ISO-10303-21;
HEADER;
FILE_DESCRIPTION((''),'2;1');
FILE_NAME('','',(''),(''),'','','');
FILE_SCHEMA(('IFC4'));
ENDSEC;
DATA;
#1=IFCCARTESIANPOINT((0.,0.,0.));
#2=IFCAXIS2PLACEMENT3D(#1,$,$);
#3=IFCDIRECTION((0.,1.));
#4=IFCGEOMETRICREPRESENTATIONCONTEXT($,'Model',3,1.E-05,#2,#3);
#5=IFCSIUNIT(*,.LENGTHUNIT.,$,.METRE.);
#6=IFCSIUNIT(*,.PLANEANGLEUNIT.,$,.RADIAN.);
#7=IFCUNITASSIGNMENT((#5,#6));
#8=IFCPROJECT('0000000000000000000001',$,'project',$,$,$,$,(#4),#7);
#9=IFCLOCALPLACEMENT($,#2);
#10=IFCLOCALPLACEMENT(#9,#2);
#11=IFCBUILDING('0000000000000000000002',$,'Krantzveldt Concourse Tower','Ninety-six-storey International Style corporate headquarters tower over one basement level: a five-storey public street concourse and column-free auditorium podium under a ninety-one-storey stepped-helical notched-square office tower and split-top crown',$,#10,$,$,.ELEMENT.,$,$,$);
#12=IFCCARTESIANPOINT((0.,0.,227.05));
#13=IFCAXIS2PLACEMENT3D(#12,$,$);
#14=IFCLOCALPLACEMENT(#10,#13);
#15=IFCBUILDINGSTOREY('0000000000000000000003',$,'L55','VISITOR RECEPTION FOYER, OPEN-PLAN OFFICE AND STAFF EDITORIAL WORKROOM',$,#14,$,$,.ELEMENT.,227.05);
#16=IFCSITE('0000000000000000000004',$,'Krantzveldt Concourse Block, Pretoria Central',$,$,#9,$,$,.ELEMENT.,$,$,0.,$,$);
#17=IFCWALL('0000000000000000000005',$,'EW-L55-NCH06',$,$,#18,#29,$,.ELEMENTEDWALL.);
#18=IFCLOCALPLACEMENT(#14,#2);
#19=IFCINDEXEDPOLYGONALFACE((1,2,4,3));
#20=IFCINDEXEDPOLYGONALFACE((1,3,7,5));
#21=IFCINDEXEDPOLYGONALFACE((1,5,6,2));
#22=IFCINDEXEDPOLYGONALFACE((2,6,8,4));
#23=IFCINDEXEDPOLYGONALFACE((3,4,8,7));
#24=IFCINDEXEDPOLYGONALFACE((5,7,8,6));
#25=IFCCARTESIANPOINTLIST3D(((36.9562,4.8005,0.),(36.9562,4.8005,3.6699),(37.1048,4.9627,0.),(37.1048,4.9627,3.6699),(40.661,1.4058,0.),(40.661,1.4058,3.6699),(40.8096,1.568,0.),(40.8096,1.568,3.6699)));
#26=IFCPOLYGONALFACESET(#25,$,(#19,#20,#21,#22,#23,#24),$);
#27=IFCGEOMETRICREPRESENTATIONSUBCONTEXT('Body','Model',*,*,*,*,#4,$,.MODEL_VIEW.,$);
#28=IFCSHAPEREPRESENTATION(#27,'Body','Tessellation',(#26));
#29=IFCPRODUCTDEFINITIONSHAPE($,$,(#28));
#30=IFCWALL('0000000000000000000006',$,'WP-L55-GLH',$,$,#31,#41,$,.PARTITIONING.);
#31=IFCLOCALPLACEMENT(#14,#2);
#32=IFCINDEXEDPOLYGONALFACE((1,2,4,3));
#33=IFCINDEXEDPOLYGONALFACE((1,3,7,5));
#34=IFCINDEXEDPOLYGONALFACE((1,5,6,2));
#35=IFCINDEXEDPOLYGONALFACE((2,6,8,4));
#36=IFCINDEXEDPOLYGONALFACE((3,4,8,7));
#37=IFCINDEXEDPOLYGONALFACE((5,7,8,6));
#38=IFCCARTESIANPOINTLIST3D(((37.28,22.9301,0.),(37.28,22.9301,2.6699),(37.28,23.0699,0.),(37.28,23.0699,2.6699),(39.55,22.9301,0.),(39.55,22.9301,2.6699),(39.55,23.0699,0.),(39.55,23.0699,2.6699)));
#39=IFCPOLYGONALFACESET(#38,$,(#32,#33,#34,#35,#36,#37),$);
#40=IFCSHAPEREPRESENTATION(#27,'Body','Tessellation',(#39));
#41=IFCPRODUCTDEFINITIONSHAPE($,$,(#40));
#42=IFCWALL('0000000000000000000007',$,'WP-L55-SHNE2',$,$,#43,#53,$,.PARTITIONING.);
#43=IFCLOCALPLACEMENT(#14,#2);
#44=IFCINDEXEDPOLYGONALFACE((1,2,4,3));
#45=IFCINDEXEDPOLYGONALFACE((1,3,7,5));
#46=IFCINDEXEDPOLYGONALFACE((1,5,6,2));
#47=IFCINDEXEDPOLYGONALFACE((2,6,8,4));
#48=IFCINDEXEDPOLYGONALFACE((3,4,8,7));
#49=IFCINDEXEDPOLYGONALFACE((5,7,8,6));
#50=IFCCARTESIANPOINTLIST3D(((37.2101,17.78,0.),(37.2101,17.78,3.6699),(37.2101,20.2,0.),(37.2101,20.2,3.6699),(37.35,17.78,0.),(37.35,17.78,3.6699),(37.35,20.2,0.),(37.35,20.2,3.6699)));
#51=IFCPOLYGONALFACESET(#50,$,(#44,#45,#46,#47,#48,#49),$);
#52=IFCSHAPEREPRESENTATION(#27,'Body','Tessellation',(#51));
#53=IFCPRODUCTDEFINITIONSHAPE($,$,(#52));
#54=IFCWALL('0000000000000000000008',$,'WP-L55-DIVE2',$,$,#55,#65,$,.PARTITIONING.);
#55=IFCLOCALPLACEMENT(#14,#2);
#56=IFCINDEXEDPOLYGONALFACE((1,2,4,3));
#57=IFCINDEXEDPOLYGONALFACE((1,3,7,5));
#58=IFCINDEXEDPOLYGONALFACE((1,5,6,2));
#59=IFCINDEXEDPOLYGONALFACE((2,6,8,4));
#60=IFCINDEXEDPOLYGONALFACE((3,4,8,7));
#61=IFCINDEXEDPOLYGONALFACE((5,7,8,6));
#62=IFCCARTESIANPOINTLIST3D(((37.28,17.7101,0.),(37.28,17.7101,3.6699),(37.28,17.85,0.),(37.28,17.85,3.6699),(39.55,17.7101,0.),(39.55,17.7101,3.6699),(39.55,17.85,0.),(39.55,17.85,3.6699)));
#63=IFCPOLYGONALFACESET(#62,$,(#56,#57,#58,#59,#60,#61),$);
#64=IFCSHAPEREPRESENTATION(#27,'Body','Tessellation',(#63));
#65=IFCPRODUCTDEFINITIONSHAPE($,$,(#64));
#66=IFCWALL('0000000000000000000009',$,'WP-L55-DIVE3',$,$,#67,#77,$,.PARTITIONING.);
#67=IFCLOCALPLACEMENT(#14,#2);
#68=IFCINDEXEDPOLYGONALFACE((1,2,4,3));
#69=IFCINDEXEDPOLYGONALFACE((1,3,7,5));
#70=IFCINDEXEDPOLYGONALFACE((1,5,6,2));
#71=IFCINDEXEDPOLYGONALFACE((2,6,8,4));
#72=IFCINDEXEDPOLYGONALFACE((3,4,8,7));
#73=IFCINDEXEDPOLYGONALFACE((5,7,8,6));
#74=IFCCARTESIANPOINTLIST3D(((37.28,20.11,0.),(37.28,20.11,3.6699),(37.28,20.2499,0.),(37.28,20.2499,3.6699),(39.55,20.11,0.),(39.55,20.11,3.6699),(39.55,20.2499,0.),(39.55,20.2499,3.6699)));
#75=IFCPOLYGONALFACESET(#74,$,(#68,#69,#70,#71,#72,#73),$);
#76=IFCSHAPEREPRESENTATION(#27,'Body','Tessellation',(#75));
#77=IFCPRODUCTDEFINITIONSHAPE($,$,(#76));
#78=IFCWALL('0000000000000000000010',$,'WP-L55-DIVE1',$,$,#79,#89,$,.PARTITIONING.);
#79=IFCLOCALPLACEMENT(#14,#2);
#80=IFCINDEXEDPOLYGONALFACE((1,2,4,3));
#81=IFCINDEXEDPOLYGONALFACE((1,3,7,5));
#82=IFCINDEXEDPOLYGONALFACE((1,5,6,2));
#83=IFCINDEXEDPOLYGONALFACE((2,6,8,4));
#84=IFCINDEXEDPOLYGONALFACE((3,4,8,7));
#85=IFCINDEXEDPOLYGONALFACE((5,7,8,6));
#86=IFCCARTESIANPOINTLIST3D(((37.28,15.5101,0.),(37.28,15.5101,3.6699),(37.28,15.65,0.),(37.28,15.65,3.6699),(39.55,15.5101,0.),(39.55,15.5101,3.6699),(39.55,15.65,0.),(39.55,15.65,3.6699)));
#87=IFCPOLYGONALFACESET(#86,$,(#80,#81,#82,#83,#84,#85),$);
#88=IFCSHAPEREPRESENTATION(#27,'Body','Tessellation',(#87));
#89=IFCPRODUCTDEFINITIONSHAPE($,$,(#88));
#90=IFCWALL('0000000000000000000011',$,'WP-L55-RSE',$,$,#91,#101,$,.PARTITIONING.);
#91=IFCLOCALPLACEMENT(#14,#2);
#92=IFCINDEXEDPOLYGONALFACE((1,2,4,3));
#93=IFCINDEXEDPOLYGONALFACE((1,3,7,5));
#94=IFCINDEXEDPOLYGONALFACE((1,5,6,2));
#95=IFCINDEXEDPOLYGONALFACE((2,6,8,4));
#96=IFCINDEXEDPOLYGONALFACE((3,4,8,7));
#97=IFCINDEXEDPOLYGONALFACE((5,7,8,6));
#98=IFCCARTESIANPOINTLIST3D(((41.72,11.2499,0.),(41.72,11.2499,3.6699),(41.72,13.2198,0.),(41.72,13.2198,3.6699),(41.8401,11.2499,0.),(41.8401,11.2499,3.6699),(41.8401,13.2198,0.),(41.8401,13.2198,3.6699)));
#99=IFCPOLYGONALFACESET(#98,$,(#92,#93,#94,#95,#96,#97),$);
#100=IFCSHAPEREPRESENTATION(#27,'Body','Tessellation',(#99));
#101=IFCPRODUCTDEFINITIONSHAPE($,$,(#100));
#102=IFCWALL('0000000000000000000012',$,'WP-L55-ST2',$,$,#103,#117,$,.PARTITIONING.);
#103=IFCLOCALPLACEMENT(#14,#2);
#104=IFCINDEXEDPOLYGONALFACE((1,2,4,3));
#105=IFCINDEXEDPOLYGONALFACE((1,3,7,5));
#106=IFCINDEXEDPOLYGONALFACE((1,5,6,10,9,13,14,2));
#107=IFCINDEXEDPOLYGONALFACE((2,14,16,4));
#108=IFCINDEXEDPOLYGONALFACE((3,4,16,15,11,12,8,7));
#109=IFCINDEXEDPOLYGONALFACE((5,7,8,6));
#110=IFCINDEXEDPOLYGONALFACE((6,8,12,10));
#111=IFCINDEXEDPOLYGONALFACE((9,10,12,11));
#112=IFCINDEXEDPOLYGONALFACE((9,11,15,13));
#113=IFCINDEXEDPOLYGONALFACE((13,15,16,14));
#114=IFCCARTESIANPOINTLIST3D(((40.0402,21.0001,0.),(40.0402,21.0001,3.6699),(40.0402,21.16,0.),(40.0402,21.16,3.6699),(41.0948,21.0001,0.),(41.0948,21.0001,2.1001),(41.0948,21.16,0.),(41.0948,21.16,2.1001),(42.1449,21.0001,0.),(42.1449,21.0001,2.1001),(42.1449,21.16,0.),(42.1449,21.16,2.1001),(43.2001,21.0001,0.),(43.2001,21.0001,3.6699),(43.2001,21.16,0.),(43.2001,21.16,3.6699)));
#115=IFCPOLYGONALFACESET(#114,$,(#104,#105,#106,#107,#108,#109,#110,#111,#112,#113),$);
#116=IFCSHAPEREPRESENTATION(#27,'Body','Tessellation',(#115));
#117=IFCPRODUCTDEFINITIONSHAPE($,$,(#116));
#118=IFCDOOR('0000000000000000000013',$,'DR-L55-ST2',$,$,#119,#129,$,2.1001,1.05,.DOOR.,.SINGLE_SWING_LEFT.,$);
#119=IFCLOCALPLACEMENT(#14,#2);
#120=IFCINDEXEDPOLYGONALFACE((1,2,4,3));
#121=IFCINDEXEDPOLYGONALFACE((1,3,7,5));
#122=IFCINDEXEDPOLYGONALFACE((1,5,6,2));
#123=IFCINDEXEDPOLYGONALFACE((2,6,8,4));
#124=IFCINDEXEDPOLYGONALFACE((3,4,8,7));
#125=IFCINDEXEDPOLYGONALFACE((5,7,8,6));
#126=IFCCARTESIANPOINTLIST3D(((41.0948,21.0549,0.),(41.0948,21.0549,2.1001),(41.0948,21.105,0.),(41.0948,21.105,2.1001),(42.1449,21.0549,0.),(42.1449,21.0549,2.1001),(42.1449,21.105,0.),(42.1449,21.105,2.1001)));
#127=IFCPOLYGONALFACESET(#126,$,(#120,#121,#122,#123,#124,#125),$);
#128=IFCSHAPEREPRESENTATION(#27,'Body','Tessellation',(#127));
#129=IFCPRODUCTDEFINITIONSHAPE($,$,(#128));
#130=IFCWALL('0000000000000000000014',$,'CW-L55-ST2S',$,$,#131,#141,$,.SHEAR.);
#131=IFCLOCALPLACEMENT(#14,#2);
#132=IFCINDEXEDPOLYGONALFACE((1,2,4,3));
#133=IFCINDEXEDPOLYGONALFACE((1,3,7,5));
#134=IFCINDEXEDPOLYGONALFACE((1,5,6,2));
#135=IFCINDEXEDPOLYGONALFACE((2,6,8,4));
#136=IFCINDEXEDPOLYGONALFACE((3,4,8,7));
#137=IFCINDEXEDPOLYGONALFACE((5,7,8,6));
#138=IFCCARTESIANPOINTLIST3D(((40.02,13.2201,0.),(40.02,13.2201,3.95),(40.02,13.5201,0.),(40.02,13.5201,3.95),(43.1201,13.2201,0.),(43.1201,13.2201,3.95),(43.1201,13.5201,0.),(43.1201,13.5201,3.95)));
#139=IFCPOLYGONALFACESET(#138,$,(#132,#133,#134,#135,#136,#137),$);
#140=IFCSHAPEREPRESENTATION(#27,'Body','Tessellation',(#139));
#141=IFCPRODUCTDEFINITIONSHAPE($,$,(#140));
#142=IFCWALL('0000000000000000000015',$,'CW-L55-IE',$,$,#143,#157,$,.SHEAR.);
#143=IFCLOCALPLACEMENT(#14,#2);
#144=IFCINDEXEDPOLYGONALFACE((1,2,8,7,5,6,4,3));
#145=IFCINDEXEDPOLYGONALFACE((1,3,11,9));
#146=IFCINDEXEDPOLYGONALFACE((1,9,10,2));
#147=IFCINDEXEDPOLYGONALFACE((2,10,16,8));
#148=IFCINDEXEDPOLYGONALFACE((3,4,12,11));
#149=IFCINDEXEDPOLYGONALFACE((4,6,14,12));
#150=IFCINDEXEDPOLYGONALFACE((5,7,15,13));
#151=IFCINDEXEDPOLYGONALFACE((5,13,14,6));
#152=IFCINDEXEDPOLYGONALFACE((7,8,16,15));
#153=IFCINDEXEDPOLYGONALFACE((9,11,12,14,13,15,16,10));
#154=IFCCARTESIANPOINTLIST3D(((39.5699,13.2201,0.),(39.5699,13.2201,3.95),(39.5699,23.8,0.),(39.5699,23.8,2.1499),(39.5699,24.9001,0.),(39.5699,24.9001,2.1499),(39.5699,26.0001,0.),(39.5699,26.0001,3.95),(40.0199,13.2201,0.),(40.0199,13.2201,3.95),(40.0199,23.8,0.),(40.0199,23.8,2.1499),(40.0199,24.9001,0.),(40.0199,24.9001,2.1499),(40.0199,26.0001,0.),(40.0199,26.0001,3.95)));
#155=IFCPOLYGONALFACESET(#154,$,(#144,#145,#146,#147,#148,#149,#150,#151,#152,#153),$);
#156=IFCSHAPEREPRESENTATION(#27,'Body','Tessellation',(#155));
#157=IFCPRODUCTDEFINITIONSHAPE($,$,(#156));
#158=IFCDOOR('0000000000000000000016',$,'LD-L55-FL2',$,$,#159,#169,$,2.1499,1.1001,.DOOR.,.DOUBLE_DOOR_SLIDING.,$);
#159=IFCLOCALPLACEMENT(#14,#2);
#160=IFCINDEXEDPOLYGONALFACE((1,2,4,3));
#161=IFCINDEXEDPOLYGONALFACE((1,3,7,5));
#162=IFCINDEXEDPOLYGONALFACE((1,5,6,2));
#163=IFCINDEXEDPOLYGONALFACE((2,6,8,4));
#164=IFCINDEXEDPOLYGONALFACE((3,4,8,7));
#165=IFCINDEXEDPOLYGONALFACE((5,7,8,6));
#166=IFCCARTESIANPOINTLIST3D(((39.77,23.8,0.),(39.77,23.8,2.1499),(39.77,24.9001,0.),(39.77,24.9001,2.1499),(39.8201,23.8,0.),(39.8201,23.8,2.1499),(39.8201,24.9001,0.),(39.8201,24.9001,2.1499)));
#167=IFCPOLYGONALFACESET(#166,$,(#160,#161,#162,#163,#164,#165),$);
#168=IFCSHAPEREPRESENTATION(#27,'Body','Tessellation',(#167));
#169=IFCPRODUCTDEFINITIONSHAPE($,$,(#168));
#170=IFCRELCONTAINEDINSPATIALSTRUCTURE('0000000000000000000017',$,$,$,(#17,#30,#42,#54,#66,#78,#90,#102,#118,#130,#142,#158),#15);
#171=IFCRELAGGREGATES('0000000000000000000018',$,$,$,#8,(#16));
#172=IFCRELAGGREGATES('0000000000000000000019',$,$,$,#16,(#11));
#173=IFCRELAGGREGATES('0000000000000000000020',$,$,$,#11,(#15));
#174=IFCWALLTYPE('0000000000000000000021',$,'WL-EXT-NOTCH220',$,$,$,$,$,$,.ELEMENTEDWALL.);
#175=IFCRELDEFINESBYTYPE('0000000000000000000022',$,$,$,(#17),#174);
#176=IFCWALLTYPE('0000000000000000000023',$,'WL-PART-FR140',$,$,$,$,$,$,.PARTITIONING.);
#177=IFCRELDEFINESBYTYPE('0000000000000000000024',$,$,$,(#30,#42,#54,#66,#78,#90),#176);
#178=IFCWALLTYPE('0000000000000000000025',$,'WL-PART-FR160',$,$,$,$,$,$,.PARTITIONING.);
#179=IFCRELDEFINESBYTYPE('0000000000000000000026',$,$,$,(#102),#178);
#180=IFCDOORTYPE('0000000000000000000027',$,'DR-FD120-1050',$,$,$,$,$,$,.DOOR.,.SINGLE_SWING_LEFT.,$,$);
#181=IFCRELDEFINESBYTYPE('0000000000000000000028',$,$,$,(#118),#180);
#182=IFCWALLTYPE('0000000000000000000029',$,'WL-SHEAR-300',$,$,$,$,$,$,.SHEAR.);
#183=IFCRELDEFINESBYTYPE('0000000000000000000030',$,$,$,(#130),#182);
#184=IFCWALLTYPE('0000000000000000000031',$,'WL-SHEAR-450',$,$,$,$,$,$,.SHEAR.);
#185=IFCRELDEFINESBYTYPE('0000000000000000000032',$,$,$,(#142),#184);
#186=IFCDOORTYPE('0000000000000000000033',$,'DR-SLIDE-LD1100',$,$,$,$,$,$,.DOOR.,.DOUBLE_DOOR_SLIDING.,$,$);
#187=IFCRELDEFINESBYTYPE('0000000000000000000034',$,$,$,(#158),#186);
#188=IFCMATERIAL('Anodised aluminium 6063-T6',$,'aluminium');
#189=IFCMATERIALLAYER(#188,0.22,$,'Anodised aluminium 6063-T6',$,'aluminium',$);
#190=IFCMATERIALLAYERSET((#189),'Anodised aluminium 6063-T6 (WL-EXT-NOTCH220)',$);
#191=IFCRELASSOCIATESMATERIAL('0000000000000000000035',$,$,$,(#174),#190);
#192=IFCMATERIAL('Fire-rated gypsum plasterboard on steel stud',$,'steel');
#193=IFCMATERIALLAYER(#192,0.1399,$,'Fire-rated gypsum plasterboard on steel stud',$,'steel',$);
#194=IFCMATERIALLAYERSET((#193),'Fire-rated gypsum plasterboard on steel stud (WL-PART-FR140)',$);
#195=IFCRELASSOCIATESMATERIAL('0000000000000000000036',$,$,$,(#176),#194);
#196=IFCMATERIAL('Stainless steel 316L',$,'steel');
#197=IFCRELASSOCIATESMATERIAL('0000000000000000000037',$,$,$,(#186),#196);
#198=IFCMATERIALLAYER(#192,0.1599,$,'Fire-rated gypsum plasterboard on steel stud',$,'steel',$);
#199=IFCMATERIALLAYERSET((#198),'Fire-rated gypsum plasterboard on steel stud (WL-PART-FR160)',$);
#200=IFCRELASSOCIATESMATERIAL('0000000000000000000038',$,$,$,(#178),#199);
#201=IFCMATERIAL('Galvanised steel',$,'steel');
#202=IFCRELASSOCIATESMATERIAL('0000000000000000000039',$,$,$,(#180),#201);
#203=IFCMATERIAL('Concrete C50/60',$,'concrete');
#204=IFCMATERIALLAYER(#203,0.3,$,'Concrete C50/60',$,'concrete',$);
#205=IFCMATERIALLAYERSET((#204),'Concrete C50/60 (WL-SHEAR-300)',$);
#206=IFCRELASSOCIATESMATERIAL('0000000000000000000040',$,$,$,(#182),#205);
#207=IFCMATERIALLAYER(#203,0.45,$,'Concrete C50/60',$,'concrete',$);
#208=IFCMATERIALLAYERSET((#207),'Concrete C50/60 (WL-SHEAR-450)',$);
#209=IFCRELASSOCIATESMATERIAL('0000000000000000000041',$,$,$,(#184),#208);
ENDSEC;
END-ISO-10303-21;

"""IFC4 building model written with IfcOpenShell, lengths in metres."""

from ifc_helpers import new_model, si_unit, direction, frame, frame_2d, origin, place, context, subcontext, project, spatial, rectangle, extrude, material, layer, layer_set, type_object, element, fill, save


model = new_model("IFC4")

# Units and contexts
model_context = context("Model", 3, precision=1e-05, world=origin(), true_north=direction((0.0, 1.0)))
body_context = subcontext(model_context, "Body", "Model", "MODEL_VIEW")
ifc_project = project(units=[si_unit("LENGTHUNIT", "METRE"), si_unit("PLANEANGLEUNIT", "RADIAN")], contexts=[model_context])

# Site, building, storey
site_placement = place(None, origin())
site = spatial("IfcSite", under=ifc_project, at=site_placement, Name="Krantzveldt Concourse Block, Pretoria Central", CompositionType="ELEMENT", RefElevation=0.0)
building_placement = place(site_placement, origin())
building = spatial("IfcBuilding", under=site, at=building_placement, Name="Krantzveldt Concourse Tower", Description="Ninety-six-storey International Style corporate headquarters tower over one basement level: a five-storey public street concourse and column-free auditorium podium under a ninety-one-storey stepped-helical notched-square office tower and split-top crown", CompositionType="ELEMENT")
storey_placement = place(building_placement, frame((0.0, 0.0, 227.05)))
storey = spatial("IfcBuildingStorey", under=building, at=storey_placement, Name="L55", Description="VISITOR RECEPTION FOYER, OPEN-PLAN OFFICE AND STAFF EDITORIAL WORKROOM", CompositionType="ELEMENT", Elevation=227.05)

# Shared definitions
ifc_material_1 = material(Name="Anodised aluminium 6063-T6", Category="aluminium")

# Wall
ifc_layer_1 = layer(ifc_material_1, 0.22, Name="Anodised aluminium 6063-T6", Category="aluminium")
ifc_layer_set_1 = layer_set([ifc_layer_1], Name="Anodised aluminium 6063-T6 (WL-EXT-NOTCH220)")
wall_type_1 = type_object("IfcWallType", Name="WL-EXT-NOTCH220", PredefinedType="ELEMENTEDWALL", material=ifc_layer_set_1)
wall_1_placement = place(storey_placement, frame((37.0305, 4.8816, 0.0), z_axis=(0.0, 0.0, 1.0), x_axis=(0.737285, -0.675582, 0.0)))
element("IfcWall", 1, at=wall_1_placement, inside=storey, type_object=wall_type_1, Name="EW-L55-NCH06", PredefinedType="ELEMENTEDWALL", context=body_context, shape_type="SweptSolid", body=[
    extrude(rectangle(XDim=5.0249, YDim=0.22, at=frame_2d((2.5125, 0.0))), origin(), (0.0, 0.0, 1.0), 3.6699),
])

# Shared definitions
ifc_material_2 = material(Name="Fire-rated gypsum plasterboard on steel stud", Category="steel")
ifc_layer_2 = layer(ifc_material_2, 0.1399, Name="Fire-rated gypsum plasterboard on steel stud", Category="steel")
ifc_layer_set_2 = layer_set([ifc_layer_2], Name="Fire-rated gypsum plasterboard on steel stud (WL-PART-FR140)")
wall_type_2 = type_object("IfcWallType", Name="WL-PART-FR140", PredefinedType="PARTITIONING", material=ifc_layer_set_2)
ifc_material_3 = material(Name="Stainless steel 316L", Category="steel")
door_type_1 = type_object("IfcDoorType", Name="DR-SLIDE-LD1100", OperationType="DOUBLE_DOOR_SLIDING", PredefinedType="DOOR", material=ifc_material_3)

# Walls
wall_2_placement = place(storey_placement, frame((37.28, 23.0, 0.0), z_axis=(0.0, 0.0, 1.0), x_axis=(1.0, 0.0, 0.0)))
element("IfcWall", 2, at=wall_2_placement, inside=storey, type_object=wall_type_2, Name="WP-L55-GLH", PredefinedType="PARTITIONING", context=body_context, shape_type="SweptSolid", body=[
    extrude(rectangle(XDim=2.27, YDim=0.1399, at=frame_2d((1.135, 0.0))), origin(), (0.0, 0.0, 1.0), 2.6699),
])
wall_3_placement = place(storey_placement, frame((37.28, 17.78, 0.0), z_axis=(0.0, 0.0, 1.0), x_axis=(0.0, 1.0, 0.0)))
element("IfcWall", 3, at=wall_3_placement, inside=storey, type_object=wall_type_2, Name="WP-L55-SHNE2", PredefinedType="PARTITIONING", context=body_context, shape_type="SweptSolid", body=[
    extrude(rectangle(XDim=2.4199, YDim=0.1399, at=frame_2d((1.21, 0.0))), origin(), (0.0, 0.0, 1.0), 3.6699),
])
for number, where, z_axis, x_axis, name in (
    (4, (37.28, 17.78, 0.0), (0.0, 0.0, 1.0), (1.0, 0.0, 0.0), "WP-L55-DIVE2"),
    (5, (37.28, 20.1799, 0.0), (0.0, 0.0, 1.0), (1.0, 0.0, 0.0), "WP-L55-DIVE3"),
):
    element("IfcWall", number, at=place(storey_placement, frame(where, z_axis=z_axis, x_axis=x_axis)), inside=storey, type_object=wall_type_2, Name=name, PredefinedType="PARTITIONING", context=body_context, shape_type="SweptSolid", body=[
        extrude(rectangle(XDim=2.27, YDim=0.1399, at=frame_2d((1.135, 0.0))), origin(), (0.0, 0.0, 1.0), 3.6699),
    ])

# Walls
wall_4_placement = place(storey_placement, frame((37.28, 15.5801, 0.0), z_axis=(0.0, 0.0, 1.0), x_axis=(1.0, 0.0, 0.0)))
element("IfcWall", 6, at=wall_4_placement, inside=storey, type_object=wall_type_2, Name="WP-L55-DIVE1", PredefinedType="PARTITIONING", context=body_context, shape_type="SweptSolid", body=[
    extrude(rectangle(XDim=2.27, YDim=0.1399, at=frame_2d((1.135, 0.0))), origin(), (0.0, 0.0, 1.0), 3.6699),
])
wall_5_placement = place(storey_placement, frame((41.78, 11.25, 0.0), z_axis=(0.0, 0.0, 1.0), x_axis=(0.0, 1.0, 0.0)))
element("IfcWall", 7, at=wall_5_placement, inside=storey, type_object=wall_type_2, Name="WP-L55-RSE", PredefinedType="PARTITIONING", context=body_context, shape_type="SweptSolid", body=[
    extrude(rectangle(XDim=1.97, YDim=0.1201, at=frame_2d((0.9849, 0.0))), origin(), (0.0, 0.0, 1.0), 3.6699),
])

# Wall, opening, door
ifc_layer_3 = layer(ifc_material_2, 0.1599, Name="Fire-rated gypsum plasterboard on steel stud", Category="steel")
ifc_layer_set_3 = layer_set([ifc_layer_3], Name="Fire-rated gypsum plasterboard on steel stud (WL-PART-FR160)")
wall_type_3 = type_object("IfcWallType", Name="WL-PART-FR160", PredefinedType="PARTITIONING", material=ifc_layer_set_3)
wall_6_placement = place(storey_placement, frame((40.04, 21.0801, 0.0), z_axis=(0.0, 0.0, 1.0), x_axis=(1.0, 0.0, 0.0)))
wall_6 = element("IfcWall", 8, at=wall_6_placement, inside=storey, type_object=wall_type_3, Name="WP-L55-ST2", PredefinedType="PARTITIONING", context=body_context, shape_type="SweptSolid", body=[
    extrude(rectangle(XDim=3.1599, YDim=0.1599, at=frame_2d((1.5801, 0.0))), origin(), (0.0, 0.0, 1.0), 3.6699),
])
opening_1_placement = place(wall_6_placement, frame((1.0549, 0.0, 0.0)))
opening_1 = element("IfcOpeningElement", 9, at=opening_1_placement, cuts=wall_6, PredefinedType="OPENING", context=body_context, shape_type="SweptSolid", body=[
    extrude(rectangle(XDim=1.05, YDim=2.1001, at=frame_2d((0.5249, 1.05))), frame((0.0, 0.0898, 0.0), z_axis=(0.0, -1.0, 0.0), x_axis=(1.0, 0.0, 0.0)), (0.0, 0.0, 1.0), 0.1799),
])
ifc_material_4 = material(Name="Galvanised steel", Category="steel")
door_type_2 = type_object("IfcDoorType", Name="DR-FD120-1050", OperationType="SINGLE_SWING_LEFT", PredefinedType="DOOR", material=ifc_material_4)
door_1_placement = place(opening_1_placement, origin())
door_1 = element("IfcDoor", 10, at=door_1_placement, inside=storey, type_object=door_type_2, Name="DR-L55-ST2", OperationType="SINGLE_SWING_LEFT", OverallHeight=2.1001, OverallWidth=1.05, PredefinedType="DOOR", context=body_context, shape_type="SweptSolid", body=[
    extrude(rectangle(XDim=1.05, YDim=2.1001, at=frame_2d((0.5249, 1.05))), frame((0.0, 0.0249, 0.0), z_axis=(0.0, -1.0, 0.0), x_axis=(1.0, 0.0, 0.0)), (0.0, 0.0, 1.0), 0.05),
])
fill(opening_1, door_1)

# Wall
ifc_material_5 = material(Name="Concrete C50/60", Category="concrete")
ifc_layer_4 = layer(ifc_material_5, 0.3, Name="Concrete C50/60", Category="concrete")
ifc_layer_set_4 = layer_set([ifc_layer_4], Name="Concrete C50/60 (WL-SHEAR-300)")
wall_type_4 = type_object("IfcWallType", Name="WL-SHEAR-300", PredefinedType="SHEAR", material=ifc_layer_set_4)
wall_7_placement = place(storey_placement, frame((40.02, 13.3701, 0.0), z_axis=(0.0, 0.0, 1.0), x_axis=(1.0, 0.0, 0.0)))
element("IfcWall", 11, at=wall_7_placement, inside=storey, type_object=wall_type_4, Name="CW-L55-ST2S", PredefinedType="SHEAR", context=body_context, shape_type="SweptSolid", body=[
    extrude(rectangle(XDim=3.1001, YDim=0.3, at=frame_2d((1.55, 0.0))), origin(), (0.0, 0.0, 1.0), 3.95),
])

# Wall, opening, door
ifc_layer_5 = layer(ifc_material_5, 0.45, Name="Concrete C50/60", Category="concrete")
ifc_layer_set_5 = layer_set([ifc_layer_5], Name="Concrete C50/60 (WL-SHEAR-450)")
wall_type_5 = type_object("IfcWallType", Name="WL-SHEAR-450", PredefinedType="SHEAR", material=ifc_layer_set_5)
wall_8_placement = place(storey_placement, frame((39.7949, 13.22, 0.0), z_axis=(0.0, 0.0, 1.0), x_axis=(0.0, 1.0, 0.0)))
wall_8 = element("IfcWall", 12, at=wall_8_placement, inside=storey, type_object=wall_type_5, Name="CW-L55-IE", PredefinedType="SHEAR", context=body_context, shape_type="SweptSolid", body=[
    extrude(rectangle(XDim=12.78, YDim=0.45, at=frame_2d((6.3901, 0.0))), origin(), (0.0, 0.0, 1.0), 3.95),
])
opening_2_placement = place(wall_8_placement, frame((10.5801, 0.0, 0.0)))
opening_2 = element("IfcOpeningElement", 13, at=opening_2_placement, cuts=wall_8, PredefinedType="OPENING", context=body_context, shape_type="SweptSolid", body=[
    extrude(rectangle(XDim=1.1001, YDim=2.1499, at=frame_2d((0.55, 1.075))), frame((0.0, 0.2349, 0.0), z_axis=(0.0, -1.0, 0.0), x_axis=(1.0, 0.0, 0.0)), (0.0, 0.0, 1.0), 0.47),
])
door_2_placement = place(opening_2_placement, origin())
door_2 = element("IfcDoor", 14, at=door_2_placement, inside=storey, type_object=door_type_1, Name="LD-L55-FL2", OperationType="DOUBLE_DOOR_SLIDING", OverallHeight=2.1499, OverallWidth=1.1001, PredefinedType="DOOR", context=body_context, shape_type="SweptSolid", body=[
    extrude(rectangle(XDim=1.1001, YDim=2.1499, at=frame_2d((0.55, 1.075))), frame((0.0, 0.0249, 0.0), z_axis=(0.0, -1.0, 0.0), x_axis=(1.0, 0.0, 0.0)), (0.0, 0.0, 1.0), 0.05),
])
fill(opening_2, door_2)

save(model, "model.ifc")
